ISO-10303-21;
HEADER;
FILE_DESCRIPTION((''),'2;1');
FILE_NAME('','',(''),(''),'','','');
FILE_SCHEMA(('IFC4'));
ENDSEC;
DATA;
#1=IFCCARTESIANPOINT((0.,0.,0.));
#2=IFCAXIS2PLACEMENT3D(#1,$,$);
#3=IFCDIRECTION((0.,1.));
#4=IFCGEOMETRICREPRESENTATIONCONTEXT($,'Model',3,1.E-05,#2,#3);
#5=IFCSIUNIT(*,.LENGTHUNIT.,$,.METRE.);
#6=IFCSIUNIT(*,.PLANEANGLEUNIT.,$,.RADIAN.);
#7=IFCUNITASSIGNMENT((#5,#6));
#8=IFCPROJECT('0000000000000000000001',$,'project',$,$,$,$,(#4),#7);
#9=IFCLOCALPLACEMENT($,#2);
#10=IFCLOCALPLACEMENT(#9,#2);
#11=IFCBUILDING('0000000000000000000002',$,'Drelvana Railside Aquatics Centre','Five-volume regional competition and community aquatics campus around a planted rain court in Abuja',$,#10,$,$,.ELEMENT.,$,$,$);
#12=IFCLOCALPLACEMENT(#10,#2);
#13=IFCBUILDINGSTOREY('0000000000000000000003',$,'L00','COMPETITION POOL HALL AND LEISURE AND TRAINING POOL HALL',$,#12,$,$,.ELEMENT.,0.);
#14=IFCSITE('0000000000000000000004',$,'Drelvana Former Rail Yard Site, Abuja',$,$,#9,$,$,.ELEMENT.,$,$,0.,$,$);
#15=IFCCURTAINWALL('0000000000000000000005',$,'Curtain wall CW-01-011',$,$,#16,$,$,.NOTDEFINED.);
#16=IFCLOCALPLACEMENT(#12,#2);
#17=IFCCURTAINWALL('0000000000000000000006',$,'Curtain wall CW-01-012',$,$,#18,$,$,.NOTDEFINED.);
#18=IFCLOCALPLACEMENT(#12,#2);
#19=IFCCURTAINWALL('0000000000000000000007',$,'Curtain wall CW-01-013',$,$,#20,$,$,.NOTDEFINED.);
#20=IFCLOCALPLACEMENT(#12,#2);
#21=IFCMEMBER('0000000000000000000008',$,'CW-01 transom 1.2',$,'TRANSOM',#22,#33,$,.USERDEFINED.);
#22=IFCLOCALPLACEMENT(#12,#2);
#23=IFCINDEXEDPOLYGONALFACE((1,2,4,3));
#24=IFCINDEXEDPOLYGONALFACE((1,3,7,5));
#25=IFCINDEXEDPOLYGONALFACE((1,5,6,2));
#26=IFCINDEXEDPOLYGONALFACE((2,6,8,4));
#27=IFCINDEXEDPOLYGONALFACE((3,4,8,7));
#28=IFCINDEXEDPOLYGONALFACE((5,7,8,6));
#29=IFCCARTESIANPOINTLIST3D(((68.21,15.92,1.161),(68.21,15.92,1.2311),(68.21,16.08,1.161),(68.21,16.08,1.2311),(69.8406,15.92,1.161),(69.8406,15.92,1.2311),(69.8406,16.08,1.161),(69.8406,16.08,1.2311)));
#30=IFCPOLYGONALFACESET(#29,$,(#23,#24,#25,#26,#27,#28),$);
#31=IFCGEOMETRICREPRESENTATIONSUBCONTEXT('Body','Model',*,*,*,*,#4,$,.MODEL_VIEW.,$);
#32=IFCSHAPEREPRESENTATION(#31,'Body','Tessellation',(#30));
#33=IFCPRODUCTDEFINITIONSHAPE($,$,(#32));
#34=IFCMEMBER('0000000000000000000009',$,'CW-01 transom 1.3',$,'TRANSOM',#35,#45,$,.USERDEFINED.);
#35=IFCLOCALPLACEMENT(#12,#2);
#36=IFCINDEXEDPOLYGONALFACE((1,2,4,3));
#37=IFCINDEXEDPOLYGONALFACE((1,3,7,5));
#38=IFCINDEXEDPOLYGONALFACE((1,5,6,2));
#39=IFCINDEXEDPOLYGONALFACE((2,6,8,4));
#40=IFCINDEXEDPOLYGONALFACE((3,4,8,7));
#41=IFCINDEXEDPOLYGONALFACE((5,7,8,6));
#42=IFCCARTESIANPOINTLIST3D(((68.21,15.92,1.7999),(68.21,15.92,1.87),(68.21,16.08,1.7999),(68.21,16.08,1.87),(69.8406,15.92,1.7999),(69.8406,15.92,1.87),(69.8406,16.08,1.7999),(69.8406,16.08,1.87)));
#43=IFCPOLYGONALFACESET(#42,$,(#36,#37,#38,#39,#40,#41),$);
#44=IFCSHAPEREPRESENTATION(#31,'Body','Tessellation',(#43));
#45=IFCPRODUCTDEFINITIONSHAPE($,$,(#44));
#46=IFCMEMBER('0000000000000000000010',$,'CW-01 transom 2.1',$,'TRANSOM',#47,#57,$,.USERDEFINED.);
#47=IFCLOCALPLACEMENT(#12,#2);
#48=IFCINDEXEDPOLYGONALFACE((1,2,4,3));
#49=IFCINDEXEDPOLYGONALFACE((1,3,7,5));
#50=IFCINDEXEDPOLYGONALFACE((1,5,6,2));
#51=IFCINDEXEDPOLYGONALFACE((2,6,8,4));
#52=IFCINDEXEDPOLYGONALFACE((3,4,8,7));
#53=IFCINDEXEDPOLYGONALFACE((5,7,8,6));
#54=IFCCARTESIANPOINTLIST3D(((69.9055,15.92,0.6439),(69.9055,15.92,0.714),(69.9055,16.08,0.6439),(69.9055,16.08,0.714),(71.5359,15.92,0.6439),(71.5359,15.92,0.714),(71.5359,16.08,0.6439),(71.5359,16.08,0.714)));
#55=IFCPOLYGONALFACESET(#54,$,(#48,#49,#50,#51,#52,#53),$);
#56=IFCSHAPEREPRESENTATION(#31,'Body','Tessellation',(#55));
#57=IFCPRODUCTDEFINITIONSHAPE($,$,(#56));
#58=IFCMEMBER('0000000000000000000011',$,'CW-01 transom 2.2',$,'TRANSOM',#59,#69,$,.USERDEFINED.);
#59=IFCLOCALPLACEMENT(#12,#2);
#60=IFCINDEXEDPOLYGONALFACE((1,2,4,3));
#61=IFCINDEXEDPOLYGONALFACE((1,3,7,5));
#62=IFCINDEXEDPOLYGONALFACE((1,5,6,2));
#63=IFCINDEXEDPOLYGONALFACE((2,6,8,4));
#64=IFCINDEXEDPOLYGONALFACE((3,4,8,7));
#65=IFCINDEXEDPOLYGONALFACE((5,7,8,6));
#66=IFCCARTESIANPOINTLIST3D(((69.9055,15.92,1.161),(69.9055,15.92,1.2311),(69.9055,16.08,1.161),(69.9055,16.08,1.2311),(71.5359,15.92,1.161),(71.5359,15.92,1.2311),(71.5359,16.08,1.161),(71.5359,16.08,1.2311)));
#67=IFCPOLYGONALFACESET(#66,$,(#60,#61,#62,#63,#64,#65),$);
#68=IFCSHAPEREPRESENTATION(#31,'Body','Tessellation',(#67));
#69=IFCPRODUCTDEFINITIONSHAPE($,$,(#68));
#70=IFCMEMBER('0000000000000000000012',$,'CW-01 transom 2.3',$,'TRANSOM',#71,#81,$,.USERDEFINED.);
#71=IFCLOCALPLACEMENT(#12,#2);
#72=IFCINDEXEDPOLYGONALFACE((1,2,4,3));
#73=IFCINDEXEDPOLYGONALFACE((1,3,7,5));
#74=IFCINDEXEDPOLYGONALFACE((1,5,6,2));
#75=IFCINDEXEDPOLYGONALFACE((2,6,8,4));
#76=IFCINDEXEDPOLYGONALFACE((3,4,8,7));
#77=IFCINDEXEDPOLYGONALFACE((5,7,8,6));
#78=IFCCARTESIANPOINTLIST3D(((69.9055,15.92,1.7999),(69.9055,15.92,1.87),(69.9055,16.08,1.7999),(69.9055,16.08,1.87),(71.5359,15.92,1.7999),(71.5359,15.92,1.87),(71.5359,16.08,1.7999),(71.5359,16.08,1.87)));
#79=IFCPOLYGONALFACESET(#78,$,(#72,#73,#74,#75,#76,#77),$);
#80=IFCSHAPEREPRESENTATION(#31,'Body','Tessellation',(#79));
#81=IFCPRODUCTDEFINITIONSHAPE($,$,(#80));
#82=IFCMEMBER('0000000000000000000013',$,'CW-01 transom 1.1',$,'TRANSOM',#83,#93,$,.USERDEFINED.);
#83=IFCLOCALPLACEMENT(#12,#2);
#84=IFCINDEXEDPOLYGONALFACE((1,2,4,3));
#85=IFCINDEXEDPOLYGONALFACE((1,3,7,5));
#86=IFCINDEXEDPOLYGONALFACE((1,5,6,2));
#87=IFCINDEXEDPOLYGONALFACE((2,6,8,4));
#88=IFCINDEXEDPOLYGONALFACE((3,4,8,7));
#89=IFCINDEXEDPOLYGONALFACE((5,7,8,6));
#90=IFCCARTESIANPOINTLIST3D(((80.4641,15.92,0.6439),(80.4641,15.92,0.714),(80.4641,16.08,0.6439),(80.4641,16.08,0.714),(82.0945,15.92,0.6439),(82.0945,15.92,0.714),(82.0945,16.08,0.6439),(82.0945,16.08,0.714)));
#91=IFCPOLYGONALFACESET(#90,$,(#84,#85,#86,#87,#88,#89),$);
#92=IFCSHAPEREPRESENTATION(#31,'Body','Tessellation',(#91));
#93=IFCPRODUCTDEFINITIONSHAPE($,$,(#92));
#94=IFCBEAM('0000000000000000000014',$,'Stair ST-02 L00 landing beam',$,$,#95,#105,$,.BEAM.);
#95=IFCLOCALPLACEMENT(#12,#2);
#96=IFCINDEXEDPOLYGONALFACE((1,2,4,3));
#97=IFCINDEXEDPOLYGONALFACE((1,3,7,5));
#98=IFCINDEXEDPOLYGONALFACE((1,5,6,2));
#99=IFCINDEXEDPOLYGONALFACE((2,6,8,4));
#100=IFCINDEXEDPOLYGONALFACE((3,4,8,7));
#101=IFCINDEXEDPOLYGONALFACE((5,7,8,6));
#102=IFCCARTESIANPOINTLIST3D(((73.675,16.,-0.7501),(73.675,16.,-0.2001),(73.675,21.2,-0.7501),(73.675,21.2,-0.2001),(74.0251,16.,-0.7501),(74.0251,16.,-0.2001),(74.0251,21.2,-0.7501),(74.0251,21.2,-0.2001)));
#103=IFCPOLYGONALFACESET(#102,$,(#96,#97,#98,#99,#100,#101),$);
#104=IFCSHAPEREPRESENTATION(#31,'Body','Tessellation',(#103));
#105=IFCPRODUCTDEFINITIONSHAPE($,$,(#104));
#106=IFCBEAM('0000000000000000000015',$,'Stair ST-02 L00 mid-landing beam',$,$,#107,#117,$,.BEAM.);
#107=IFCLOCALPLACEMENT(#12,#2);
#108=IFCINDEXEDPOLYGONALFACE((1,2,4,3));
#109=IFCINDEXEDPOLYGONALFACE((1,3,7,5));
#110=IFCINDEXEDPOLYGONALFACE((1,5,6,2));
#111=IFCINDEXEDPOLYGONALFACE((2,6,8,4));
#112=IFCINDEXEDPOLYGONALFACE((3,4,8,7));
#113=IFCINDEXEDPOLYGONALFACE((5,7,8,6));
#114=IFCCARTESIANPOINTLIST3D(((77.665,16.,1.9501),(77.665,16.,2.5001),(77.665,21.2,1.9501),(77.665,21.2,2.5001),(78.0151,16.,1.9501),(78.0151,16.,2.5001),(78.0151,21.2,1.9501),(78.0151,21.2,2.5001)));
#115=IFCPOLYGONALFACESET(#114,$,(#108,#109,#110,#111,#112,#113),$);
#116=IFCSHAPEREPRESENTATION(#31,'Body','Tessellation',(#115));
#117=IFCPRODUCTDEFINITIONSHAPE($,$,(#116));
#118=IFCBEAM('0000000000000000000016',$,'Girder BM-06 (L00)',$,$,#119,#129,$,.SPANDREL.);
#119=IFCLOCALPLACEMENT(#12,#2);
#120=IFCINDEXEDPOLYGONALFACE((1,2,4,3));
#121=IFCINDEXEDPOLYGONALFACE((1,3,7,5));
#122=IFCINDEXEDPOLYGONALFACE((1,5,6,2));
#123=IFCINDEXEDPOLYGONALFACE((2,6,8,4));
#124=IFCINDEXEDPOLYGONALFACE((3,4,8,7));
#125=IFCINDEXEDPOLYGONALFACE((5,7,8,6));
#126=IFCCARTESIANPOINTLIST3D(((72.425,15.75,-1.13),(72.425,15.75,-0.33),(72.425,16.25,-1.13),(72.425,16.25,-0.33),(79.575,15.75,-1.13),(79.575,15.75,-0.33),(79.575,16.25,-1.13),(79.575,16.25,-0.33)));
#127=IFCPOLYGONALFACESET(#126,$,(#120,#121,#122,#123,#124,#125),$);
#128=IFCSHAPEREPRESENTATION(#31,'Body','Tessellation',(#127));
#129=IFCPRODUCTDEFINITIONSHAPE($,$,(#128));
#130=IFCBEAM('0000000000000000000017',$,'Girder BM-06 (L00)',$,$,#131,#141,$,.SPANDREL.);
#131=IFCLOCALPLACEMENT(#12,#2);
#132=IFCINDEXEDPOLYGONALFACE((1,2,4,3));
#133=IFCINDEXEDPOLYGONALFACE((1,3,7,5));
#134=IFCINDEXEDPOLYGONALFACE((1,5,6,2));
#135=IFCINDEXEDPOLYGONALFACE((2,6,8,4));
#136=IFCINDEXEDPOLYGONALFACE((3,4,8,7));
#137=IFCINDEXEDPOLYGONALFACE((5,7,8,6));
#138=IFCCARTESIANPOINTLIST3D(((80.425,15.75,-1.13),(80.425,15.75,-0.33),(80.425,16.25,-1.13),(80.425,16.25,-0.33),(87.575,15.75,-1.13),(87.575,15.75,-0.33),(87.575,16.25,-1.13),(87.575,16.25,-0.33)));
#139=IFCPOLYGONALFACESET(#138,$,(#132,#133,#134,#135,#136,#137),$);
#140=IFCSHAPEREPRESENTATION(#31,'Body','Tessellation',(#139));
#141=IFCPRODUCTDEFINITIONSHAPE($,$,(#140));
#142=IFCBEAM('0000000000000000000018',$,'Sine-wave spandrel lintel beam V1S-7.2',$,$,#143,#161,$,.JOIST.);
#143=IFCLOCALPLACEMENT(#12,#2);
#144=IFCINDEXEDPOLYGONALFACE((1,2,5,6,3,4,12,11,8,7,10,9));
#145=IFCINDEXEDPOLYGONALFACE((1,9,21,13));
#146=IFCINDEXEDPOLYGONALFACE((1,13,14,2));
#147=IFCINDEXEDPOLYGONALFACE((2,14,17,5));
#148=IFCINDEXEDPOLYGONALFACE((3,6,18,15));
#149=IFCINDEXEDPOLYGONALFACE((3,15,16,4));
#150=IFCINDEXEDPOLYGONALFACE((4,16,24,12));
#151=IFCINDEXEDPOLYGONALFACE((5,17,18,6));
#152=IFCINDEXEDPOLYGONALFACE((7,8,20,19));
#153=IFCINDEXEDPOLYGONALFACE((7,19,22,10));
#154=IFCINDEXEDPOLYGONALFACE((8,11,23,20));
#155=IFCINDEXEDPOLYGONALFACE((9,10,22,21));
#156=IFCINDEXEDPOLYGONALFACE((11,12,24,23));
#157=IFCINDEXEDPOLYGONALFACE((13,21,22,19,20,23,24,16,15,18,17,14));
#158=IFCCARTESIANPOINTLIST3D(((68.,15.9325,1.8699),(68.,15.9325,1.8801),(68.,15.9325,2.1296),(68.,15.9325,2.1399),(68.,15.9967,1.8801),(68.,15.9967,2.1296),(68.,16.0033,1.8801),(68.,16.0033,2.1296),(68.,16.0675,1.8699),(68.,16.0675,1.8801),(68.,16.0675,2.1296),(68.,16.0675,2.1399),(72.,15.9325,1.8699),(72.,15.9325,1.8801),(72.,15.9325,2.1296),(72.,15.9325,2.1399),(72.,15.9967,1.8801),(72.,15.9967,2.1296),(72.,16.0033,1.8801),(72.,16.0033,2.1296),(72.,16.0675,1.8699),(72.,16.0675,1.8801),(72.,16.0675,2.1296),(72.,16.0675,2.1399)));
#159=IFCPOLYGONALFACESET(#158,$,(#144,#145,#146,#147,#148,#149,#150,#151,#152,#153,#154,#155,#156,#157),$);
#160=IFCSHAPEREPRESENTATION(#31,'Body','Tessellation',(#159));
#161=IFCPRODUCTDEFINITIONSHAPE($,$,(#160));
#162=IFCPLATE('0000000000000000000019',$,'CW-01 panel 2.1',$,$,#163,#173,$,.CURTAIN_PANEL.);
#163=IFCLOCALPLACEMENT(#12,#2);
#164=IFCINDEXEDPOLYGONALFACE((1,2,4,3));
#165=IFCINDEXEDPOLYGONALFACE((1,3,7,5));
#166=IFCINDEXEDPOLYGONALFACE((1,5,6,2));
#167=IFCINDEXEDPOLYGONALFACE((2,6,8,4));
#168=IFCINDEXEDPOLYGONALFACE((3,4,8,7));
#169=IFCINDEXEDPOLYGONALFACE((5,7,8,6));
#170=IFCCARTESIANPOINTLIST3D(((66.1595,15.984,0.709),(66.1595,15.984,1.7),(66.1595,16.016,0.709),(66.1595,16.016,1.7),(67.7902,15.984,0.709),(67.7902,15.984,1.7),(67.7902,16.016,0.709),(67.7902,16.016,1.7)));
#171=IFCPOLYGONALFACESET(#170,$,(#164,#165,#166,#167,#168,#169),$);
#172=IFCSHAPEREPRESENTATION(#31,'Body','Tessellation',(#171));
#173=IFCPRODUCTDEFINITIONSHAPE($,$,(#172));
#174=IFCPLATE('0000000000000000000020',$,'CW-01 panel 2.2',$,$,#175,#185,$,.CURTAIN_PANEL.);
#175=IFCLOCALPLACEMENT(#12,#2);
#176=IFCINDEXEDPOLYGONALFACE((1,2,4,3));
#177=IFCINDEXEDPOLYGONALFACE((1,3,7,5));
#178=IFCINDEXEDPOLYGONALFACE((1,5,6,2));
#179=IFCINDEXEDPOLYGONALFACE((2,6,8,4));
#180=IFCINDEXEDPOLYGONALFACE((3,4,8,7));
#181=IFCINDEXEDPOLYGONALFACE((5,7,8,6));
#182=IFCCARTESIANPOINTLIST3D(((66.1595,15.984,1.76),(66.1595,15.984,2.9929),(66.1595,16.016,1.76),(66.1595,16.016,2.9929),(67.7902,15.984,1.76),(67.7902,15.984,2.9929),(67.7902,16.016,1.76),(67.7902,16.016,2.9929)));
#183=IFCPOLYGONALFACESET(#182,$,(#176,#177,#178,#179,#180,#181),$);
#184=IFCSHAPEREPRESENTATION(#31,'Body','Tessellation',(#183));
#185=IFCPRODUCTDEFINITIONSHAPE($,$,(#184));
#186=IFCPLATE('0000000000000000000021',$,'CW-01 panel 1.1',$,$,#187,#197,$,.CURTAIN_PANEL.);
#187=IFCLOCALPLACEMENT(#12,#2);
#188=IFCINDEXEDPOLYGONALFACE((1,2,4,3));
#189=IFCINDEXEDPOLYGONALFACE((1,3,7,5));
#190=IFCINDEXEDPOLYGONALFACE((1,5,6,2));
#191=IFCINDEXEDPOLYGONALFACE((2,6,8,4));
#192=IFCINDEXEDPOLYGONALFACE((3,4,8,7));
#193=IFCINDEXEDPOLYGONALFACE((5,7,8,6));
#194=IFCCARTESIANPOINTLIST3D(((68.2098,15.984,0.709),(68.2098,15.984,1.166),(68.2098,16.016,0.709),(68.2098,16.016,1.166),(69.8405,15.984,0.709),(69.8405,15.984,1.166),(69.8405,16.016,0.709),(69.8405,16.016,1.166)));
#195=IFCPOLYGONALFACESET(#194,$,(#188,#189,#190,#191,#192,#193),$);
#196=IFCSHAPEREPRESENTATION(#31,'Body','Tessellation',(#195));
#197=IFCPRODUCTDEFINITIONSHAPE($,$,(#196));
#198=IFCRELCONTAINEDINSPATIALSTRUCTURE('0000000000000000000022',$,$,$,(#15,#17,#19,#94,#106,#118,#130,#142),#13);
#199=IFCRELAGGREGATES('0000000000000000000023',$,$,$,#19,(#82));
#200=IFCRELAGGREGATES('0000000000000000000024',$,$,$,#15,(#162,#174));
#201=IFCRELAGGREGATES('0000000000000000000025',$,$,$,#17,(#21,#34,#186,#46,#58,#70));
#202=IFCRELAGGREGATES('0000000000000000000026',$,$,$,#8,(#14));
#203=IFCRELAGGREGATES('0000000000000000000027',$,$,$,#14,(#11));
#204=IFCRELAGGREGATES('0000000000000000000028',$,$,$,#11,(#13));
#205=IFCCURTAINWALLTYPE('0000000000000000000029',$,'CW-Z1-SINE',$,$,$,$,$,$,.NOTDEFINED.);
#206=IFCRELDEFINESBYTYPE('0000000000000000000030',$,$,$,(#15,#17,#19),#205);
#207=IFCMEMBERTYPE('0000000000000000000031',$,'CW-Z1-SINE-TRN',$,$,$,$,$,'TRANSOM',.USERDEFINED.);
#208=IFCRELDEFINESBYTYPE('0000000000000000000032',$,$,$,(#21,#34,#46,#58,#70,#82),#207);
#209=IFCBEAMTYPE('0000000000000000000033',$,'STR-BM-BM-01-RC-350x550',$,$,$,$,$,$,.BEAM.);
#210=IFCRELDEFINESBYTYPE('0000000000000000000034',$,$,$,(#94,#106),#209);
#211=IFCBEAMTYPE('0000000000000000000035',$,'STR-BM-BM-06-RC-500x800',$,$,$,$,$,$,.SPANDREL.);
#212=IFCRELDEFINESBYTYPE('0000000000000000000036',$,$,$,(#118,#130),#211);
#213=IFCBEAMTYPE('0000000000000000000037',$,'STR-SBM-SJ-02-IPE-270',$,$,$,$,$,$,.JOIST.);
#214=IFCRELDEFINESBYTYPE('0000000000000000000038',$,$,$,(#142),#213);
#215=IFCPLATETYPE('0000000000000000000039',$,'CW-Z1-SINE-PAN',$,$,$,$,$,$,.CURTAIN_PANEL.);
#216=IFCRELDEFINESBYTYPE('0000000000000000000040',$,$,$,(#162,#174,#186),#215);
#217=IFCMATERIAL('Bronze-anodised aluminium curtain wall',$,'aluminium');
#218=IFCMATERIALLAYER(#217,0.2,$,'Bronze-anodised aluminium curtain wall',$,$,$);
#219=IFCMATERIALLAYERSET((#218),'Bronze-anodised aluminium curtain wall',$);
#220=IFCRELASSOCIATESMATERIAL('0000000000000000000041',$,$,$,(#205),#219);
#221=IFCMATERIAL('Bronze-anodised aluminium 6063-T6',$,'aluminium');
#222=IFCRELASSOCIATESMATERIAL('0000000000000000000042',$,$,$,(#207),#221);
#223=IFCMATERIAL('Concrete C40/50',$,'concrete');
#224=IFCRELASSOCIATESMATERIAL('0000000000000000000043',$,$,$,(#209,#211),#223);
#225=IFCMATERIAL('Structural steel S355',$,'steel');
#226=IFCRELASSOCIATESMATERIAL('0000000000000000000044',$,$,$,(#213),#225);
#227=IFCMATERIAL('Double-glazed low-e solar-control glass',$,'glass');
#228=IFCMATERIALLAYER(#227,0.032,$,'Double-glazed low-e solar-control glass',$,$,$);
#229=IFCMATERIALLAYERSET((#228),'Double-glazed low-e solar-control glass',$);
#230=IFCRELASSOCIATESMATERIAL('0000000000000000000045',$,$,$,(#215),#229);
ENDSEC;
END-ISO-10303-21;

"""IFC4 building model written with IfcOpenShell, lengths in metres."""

from ifc_helpers import new_model, si_unit, direction, frame, origin, origin_2d, place, context, subcontext, project, spatial, rectangle, i_section, extrude, material, layer, layer_set, material_profile, profile_set, type_object, element, aggregate, save


model = new_model("IFC4")

# Units and contexts
model_context = context("Model", 3, precision=1e-05, world=origin(), true_north=direction((0.0, 1.0)))
body_context = subcontext(model_context, "Body", "Model", "MODEL_VIEW")
ifc_project = project(units=[si_unit("LENGTHUNIT", "METRE"), si_unit("PLANEANGLEUNIT", "RADIAN")], contexts=[model_context])

# Site, building, storey
site_placement = place(None, origin())
site = spatial("IfcSite", under=ifc_project, at=site_placement, Name="Drelvana Former Rail Yard Site, Abuja", CompositionType="ELEMENT", RefElevation=0.0)
building_placement = place(site_placement, origin())
building = spatial("IfcBuilding", under=site, at=building_placement, Name="Drelvana Railside Aquatics Centre", Description="Five-volume regional competition and community aquatics campus around a planted rain court in Abuja", CompositionType="ELEMENT")
storey_placement = place(building_placement, origin())
storey = spatial("IfcBuildingStorey", under=building, at=storey_placement, Name="L00", Description="COMPETITION POOL HALL AND LEISURE AND TRAINING POOL HALL", CompositionType="ELEMENT", Elevation=0.0)

# Shared definitions
ifc_material_1 = material(Name="Concrete C40/50", Category="concrete")
ifc_material_2 = material(Name="Structural steel S355", Category="steel")

# Curtain wall
ifc_material_3 = material(Name="Bronze-anodised aluminium curtain wall", Category="aluminium")
ifc_layer_1 = layer(ifc_material_3, 0.2, Name="Bronze-anodised aluminium curtain wall")
ifc_layer_set_1 = layer_set([ifc_layer_1], Name="Bronze-anodised aluminium curtain wall")
curtain_wall_type = type_object("IfcCurtainWallType", Name="CW-Z1-SINE", PredefinedType="NOTDEFINED", material=ifc_layer_set_1)
curtain_wall_1_placement = place(storey_placement, origin())
curtain_wall_1 = element("IfcCurtainWall", 1, at=curtain_wall_1_placement, inside=storey, type_object=curtain_wall_type, Name="Curtain wall CW-01-011", PredefinedType="NOTDEFINED")
ifc_material_4 = material(Name="Bronze-anodised aluminium 6063-T6", Category="aluminium")

# Curtain wall
curtain_wall_2_placement = place(storey_placement, origin())
curtain_wall_2 = element("IfcCurtainWall", 2, at=curtain_wall_2_placement, inside=storey, type_object=curtain_wall_type, Name="Curtain wall CW-01-012", PredefinedType="NOTDEFINED")

# Curtain wall
curtain_wall_3_placement = place(storey_placement, origin())
curtain_wall_3 = element("IfcCurtainWall", 3, at=curtain_wall_3_placement, inside=storey, type_object=curtain_wall_type, Name="Curtain wall CW-01-013", PredefinedType="NOTDEFINED")

# Members
ifc_material_profile_1 = material_profile(ifc_material_4, rectangle(XDim=0.1599, YDim=0.0701, at=origin_2d()), Name="ALU-T 70x160")
ifc_profile_set_1 = profile_set([ifc_material_profile_1], Name="Bronze-anodised aluminium 6063-T6")
member_type_1 = type_object("IfcMemberType", Name="CW-Z1-SINE-TRN", ElementType="TRANSOM", PredefinedType="USERDEFINED", material=ifc_profile_set_1)
member_1_placement = place(storey_placement, frame((68.21, 16.0, 1.196), z_axis=(1.0, 0.0, 0.0), x_axis=(0.0, 1.0, 0.0)))
member_1 = element("IfcMember", 4, at=member_1_placement, type_object=member_type_1, Name="CW-01 transom 1.2", ObjectType="TRANSOM", PredefinedType="USERDEFINED", context=body_context, shape_type="SweptSolid", body=[
    extrude(rectangle(XDim=0.1599, YDim=0.0701, at=origin_2d()), origin(), (0.0, 0.0, 1.0), 1.6306),
])
member_2_placement = place(storey_placement, frame((68.21, 16.0, 1.835), z_axis=(1.0, 0.0, 0.0), x_axis=(0.0, 1.0, 0.0)))
member_2 = element("IfcMember", 5, at=member_2_placement, type_object=member_type_1, Name="CW-01 transom 1.3", ObjectType="TRANSOM", PredefinedType="USERDEFINED", context=body_context, shape_type="SweptSolid", body=[
    extrude(rectangle(XDim=0.1599, YDim=0.0701, at=origin_2d()), origin(), (0.0, 0.0, 1.0), 1.6306),
])
member_3_placement = place(storey_placement, frame((69.9055, 16.0, 0.679), z_axis=(1.0, 0.0, 0.0), x_axis=(0.0, 1.0, 0.0)))
member_3 = element("IfcMember", 6, at=member_3_placement, type_object=member_type_1, Name="CW-01 transom 2.1", ObjectType="TRANSOM", PredefinedType="USERDEFINED", context=body_context, shape_type="SweptSolid", body=[
    extrude(rectangle(XDim=0.1599, YDim=0.0701, at=origin_2d()), origin(), (0.0, 0.0, 1.0), 1.6304),
])
member_4_placement = place(storey_placement, frame((69.9055, 16.0, 1.196), z_axis=(1.0, 0.0, 0.0), x_axis=(0.0, 1.0, 0.0)))
member_4 = element("IfcMember", 7, at=member_4_placement, type_object=member_type_1, Name="CW-01 transom 2.2", ObjectType="TRANSOM", PredefinedType="USERDEFINED", context=body_context, shape_type="SweptSolid", body=[
    extrude(rectangle(XDim=0.1599, YDim=0.0701, at=origin_2d()), origin(), (0.0, 0.0, 1.0), 1.6304),
])
member_5_placement = place(storey_placement, frame((69.9055, 16.0, 1.835), z_axis=(1.0, 0.0, 0.0), x_axis=(0.0, 1.0, 0.0)))
member_5 = element("IfcMember", 8, at=member_5_placement, type_object=member_type_1, Name="CW-01 transom 2.3", ObjectType="TRANSOM", PredefinedType="USERDEFINED", context=body_context, shape_type="SweptSolid", body=[
    extrude(rectangle(XDim=0.1599, YDim=0.0701, at=origin_2d()), origin(), (0.0, 0.0, 1.0), 1.6304),
])
member_6_placement = place(storey_placement, frame((80.4641, 16.0, 0.679), z_axis=(1.0, 0.0, 0.0), x_axis=(0.0, 1.0, 0.0)))
member_6 = element("IfcMember", 9, at=member_6_placement, type_object=member_type_1, Name="CW-01 transom 1.1", ObjectType="TRANSOM", PredefinedType="USERDEFINED", context=body_context, shape_type="SweptSolid", body=[
    extrude(rectangle(XDim=0.1599, YDim=0.0701, at=origin_2d()), origin(), (0.0, 0.0, 1.0), 1.6304),
])
aggregate(curtain_wall_3, [member_6])

# Beams
ifc_material_profile_2 = material_profile(ifc_material_1, rectangle(XDim=0.3501, YDim=0.55, at=origin_2d()), Name="RC 350x550")
ifc_profile_set_2 = profile_set([ifc_material_profile_2], Name="Concrete C40/50")
beam_type_1 = type_object("IfcBeamType", Name="STR-BM-BM-01-RC-350x550", PredefinedType="BEAM", material=ifc_profile_set_2)
for number, where, z_axis, x_axis, name in (
    (10, (73.8501, 16.0, -0.4751), (0.0, 1.0, 0.0), (-1.0, 0.0, 0.0), "Stair ST-02 L00 landing beam"),
    (11, (77.8401, 16.0, 2.2251), (0.0, 1.0, 0.0), (-1.0, 0.0, 0.0), "Stair ST-02 L00 mid-landing beam"),
):
    element("IfcBeam", number, at=place(storey_placement, frame(where, z_axis=z_axis, x_axis=x_axis)), inside=storey, type_object=beam_type_1, Name=name, PredefinedType="BEAM", context=body_context, shape_type="SweptSolid", body=[
        extrude(rectangle(XDim=0.3501, YDim=0.55, at=origin_2d()), origin(), (0.0, 0.0, 1.0), 5.2),
    ])
ifc_material_profile_3 = material_profile(ifc_material_1, rectangle(XDim=0.5, YDim=0.8, at=origin_2d()), Name="RC 500x800")
ifc_profile_set_3 = profile_set([ifc_material_profile_3], Name="Concrete C40/50")
beam_type_2 = type_object("IfcBeamType", Name="STR-BM-BM-06-RC-500x800", PredefinedType="SPANDREL", material=ifc_profile_set_3)
for number, where, z_axis, x_axis, name in (
    (12, (72.425, 16.0, -0.73), (1.0, 0.0, 0.0), (0.0, 1.0, 0.0), "Girder BM-06 (L00)"),
    (13, (80.425, 16.0, -0.73), (1.0, 0.0, 0.0), (0.0, 1.0, 0.0), "Girder BM-06 (L00)"),
):
    element("IfcBeam", number, at=place(storey_placement, frame(where, z_axis=z_axis, x_axis=x_axis)), inside=storey, type_object=beam_type_2, Name=name, PredefinedType="SPANDREL", context=body_context, shape_type="SweptSolid", body=[
        extrude(rectangle(XDim=0.5, YDim=0.8, at=origin_2d()), origin(), (0.0, 0.0, 1.0), 7.1499),
    ])
ifc_material_profile_4 = material_profile(ifc_material_2, i_section(OverallWidth=0.135, OverallDepth=0.27, WebThickness=0.0066, FlangeThickness=0.0103, at=origin_2d()), Name="IPE 270")
ifc_profile_set_4 = profile_set([ifc_material_profile_4], Name="Structural steel S355")
beam_type_3 = type_object("IfcBeamType", Name="STR-SBM-SJ-02-IPE-270", PredefinedType="JOIST", material=ifc_profile_set_4)
beam_placement = place(storey_placement, frame((68.0, 16.0, 2.0049), z_axis=(1.0, 0.0, 0.0), x_axis=(0.0, 1.0, 0.0)))
element("IfcBeam", 14, at=beam_placement, inside=storey, type_object=beam_type_3, Name="Sine-wave spandrel lintel beam V1S-7.2", PredefinedType="JOIST", context=body_context, shape_type="SweptSolid", body=[
    extrude(i_section(OverallWidth=0.135, OverallDepth=0.27, WebThickness=0.0066, FlangeThickness=0.0103, at=origin_2d()), origin(), (0.0, 0.0, 1.0), 4.0),
])

# Plates
ifc_material_5 = material(Name="Double-glazed low-e solar-control glass", Category="glass")
ifc_layer_2 = layer(ifc_material_5, 0.032, Name="Double-glazed low-e solar-control glass")
ifc_layer_set_2 = layer_set([ifc_layer_2], Name="Double-glazed low-e solar-control glass")
plate_type = type_object("IfcPlateType", Name="CW-Z1-SINE-PAN", PredefinedType="CURTAIN_PANEL", material=ifc_layer_set_2)
plate_1_placement = place(storey_placement, frame((66.9749, 16.0, 0.709), z_axis=(0.0, 0.0, 1.0), x_axis=(1.0, 0.0, 0.0)))
plate_1 = element("IfcPlate", 15, at=plate_1_placement, type_object=plate_type, Name="CW-01 panel 2.1", PredefinedType="CURTAIN_PANEL", context=body_context, shape_type="SweptSolid", body=[
    extrude(rectangle(XDim=1.6306, YDim=0.032, at=origin_2d()), origin(), (0.0, 0.0, 1.0), 0.991),
])
plate_2_placement = place(storey_placement, frame((66.9749, 16.0, 1.76), z_axis=(0.0, 0.0, 1.0), x_axis=(1.0, 0.0, 0.0)))
plate_2 = element("IfcPlate", 16, at=plate_2_placement, type_object=plate_type, Name="CW-01 panel 2.2", PredefinedType="CURTAIN_PANEL", context=body_context, shape_type="SweptSolid", body=[
    extrude(rectangle(XDim=1.6306, YDim=0.032, at=origin_2d()), origin(), (0.0, 0.0, 1.0), 1.2329),
])
aggregate(curtain_wall_1, [plate_1, plate_2])
plate_3_placement = place(storey_placement, frame((69.0251, 16.0, 0.709), z_axis=(0.0, 0.0, 1.0), x_axis=(1.0, 0.0, 0.0)))
plate_3 = element("IfcPlate", 17, at=plate_3_placement, type_object=plate_type, Name="CW-01 panel 1.1", PredefinedType="CURTAIN_PANEL", context=body_context, shape_type="SweptSolid", body=[
    extrude(rectangle(XDim=1.6306, YDim=0.032, at=origin_2d()), origin(), (0.0, 0.0, 1.0), 0.457),
])
aggregate(curtain_wall_2, [member_1, member_2, plate_3, member_3, member_4, member_5])

save(model, "model.ifc")
